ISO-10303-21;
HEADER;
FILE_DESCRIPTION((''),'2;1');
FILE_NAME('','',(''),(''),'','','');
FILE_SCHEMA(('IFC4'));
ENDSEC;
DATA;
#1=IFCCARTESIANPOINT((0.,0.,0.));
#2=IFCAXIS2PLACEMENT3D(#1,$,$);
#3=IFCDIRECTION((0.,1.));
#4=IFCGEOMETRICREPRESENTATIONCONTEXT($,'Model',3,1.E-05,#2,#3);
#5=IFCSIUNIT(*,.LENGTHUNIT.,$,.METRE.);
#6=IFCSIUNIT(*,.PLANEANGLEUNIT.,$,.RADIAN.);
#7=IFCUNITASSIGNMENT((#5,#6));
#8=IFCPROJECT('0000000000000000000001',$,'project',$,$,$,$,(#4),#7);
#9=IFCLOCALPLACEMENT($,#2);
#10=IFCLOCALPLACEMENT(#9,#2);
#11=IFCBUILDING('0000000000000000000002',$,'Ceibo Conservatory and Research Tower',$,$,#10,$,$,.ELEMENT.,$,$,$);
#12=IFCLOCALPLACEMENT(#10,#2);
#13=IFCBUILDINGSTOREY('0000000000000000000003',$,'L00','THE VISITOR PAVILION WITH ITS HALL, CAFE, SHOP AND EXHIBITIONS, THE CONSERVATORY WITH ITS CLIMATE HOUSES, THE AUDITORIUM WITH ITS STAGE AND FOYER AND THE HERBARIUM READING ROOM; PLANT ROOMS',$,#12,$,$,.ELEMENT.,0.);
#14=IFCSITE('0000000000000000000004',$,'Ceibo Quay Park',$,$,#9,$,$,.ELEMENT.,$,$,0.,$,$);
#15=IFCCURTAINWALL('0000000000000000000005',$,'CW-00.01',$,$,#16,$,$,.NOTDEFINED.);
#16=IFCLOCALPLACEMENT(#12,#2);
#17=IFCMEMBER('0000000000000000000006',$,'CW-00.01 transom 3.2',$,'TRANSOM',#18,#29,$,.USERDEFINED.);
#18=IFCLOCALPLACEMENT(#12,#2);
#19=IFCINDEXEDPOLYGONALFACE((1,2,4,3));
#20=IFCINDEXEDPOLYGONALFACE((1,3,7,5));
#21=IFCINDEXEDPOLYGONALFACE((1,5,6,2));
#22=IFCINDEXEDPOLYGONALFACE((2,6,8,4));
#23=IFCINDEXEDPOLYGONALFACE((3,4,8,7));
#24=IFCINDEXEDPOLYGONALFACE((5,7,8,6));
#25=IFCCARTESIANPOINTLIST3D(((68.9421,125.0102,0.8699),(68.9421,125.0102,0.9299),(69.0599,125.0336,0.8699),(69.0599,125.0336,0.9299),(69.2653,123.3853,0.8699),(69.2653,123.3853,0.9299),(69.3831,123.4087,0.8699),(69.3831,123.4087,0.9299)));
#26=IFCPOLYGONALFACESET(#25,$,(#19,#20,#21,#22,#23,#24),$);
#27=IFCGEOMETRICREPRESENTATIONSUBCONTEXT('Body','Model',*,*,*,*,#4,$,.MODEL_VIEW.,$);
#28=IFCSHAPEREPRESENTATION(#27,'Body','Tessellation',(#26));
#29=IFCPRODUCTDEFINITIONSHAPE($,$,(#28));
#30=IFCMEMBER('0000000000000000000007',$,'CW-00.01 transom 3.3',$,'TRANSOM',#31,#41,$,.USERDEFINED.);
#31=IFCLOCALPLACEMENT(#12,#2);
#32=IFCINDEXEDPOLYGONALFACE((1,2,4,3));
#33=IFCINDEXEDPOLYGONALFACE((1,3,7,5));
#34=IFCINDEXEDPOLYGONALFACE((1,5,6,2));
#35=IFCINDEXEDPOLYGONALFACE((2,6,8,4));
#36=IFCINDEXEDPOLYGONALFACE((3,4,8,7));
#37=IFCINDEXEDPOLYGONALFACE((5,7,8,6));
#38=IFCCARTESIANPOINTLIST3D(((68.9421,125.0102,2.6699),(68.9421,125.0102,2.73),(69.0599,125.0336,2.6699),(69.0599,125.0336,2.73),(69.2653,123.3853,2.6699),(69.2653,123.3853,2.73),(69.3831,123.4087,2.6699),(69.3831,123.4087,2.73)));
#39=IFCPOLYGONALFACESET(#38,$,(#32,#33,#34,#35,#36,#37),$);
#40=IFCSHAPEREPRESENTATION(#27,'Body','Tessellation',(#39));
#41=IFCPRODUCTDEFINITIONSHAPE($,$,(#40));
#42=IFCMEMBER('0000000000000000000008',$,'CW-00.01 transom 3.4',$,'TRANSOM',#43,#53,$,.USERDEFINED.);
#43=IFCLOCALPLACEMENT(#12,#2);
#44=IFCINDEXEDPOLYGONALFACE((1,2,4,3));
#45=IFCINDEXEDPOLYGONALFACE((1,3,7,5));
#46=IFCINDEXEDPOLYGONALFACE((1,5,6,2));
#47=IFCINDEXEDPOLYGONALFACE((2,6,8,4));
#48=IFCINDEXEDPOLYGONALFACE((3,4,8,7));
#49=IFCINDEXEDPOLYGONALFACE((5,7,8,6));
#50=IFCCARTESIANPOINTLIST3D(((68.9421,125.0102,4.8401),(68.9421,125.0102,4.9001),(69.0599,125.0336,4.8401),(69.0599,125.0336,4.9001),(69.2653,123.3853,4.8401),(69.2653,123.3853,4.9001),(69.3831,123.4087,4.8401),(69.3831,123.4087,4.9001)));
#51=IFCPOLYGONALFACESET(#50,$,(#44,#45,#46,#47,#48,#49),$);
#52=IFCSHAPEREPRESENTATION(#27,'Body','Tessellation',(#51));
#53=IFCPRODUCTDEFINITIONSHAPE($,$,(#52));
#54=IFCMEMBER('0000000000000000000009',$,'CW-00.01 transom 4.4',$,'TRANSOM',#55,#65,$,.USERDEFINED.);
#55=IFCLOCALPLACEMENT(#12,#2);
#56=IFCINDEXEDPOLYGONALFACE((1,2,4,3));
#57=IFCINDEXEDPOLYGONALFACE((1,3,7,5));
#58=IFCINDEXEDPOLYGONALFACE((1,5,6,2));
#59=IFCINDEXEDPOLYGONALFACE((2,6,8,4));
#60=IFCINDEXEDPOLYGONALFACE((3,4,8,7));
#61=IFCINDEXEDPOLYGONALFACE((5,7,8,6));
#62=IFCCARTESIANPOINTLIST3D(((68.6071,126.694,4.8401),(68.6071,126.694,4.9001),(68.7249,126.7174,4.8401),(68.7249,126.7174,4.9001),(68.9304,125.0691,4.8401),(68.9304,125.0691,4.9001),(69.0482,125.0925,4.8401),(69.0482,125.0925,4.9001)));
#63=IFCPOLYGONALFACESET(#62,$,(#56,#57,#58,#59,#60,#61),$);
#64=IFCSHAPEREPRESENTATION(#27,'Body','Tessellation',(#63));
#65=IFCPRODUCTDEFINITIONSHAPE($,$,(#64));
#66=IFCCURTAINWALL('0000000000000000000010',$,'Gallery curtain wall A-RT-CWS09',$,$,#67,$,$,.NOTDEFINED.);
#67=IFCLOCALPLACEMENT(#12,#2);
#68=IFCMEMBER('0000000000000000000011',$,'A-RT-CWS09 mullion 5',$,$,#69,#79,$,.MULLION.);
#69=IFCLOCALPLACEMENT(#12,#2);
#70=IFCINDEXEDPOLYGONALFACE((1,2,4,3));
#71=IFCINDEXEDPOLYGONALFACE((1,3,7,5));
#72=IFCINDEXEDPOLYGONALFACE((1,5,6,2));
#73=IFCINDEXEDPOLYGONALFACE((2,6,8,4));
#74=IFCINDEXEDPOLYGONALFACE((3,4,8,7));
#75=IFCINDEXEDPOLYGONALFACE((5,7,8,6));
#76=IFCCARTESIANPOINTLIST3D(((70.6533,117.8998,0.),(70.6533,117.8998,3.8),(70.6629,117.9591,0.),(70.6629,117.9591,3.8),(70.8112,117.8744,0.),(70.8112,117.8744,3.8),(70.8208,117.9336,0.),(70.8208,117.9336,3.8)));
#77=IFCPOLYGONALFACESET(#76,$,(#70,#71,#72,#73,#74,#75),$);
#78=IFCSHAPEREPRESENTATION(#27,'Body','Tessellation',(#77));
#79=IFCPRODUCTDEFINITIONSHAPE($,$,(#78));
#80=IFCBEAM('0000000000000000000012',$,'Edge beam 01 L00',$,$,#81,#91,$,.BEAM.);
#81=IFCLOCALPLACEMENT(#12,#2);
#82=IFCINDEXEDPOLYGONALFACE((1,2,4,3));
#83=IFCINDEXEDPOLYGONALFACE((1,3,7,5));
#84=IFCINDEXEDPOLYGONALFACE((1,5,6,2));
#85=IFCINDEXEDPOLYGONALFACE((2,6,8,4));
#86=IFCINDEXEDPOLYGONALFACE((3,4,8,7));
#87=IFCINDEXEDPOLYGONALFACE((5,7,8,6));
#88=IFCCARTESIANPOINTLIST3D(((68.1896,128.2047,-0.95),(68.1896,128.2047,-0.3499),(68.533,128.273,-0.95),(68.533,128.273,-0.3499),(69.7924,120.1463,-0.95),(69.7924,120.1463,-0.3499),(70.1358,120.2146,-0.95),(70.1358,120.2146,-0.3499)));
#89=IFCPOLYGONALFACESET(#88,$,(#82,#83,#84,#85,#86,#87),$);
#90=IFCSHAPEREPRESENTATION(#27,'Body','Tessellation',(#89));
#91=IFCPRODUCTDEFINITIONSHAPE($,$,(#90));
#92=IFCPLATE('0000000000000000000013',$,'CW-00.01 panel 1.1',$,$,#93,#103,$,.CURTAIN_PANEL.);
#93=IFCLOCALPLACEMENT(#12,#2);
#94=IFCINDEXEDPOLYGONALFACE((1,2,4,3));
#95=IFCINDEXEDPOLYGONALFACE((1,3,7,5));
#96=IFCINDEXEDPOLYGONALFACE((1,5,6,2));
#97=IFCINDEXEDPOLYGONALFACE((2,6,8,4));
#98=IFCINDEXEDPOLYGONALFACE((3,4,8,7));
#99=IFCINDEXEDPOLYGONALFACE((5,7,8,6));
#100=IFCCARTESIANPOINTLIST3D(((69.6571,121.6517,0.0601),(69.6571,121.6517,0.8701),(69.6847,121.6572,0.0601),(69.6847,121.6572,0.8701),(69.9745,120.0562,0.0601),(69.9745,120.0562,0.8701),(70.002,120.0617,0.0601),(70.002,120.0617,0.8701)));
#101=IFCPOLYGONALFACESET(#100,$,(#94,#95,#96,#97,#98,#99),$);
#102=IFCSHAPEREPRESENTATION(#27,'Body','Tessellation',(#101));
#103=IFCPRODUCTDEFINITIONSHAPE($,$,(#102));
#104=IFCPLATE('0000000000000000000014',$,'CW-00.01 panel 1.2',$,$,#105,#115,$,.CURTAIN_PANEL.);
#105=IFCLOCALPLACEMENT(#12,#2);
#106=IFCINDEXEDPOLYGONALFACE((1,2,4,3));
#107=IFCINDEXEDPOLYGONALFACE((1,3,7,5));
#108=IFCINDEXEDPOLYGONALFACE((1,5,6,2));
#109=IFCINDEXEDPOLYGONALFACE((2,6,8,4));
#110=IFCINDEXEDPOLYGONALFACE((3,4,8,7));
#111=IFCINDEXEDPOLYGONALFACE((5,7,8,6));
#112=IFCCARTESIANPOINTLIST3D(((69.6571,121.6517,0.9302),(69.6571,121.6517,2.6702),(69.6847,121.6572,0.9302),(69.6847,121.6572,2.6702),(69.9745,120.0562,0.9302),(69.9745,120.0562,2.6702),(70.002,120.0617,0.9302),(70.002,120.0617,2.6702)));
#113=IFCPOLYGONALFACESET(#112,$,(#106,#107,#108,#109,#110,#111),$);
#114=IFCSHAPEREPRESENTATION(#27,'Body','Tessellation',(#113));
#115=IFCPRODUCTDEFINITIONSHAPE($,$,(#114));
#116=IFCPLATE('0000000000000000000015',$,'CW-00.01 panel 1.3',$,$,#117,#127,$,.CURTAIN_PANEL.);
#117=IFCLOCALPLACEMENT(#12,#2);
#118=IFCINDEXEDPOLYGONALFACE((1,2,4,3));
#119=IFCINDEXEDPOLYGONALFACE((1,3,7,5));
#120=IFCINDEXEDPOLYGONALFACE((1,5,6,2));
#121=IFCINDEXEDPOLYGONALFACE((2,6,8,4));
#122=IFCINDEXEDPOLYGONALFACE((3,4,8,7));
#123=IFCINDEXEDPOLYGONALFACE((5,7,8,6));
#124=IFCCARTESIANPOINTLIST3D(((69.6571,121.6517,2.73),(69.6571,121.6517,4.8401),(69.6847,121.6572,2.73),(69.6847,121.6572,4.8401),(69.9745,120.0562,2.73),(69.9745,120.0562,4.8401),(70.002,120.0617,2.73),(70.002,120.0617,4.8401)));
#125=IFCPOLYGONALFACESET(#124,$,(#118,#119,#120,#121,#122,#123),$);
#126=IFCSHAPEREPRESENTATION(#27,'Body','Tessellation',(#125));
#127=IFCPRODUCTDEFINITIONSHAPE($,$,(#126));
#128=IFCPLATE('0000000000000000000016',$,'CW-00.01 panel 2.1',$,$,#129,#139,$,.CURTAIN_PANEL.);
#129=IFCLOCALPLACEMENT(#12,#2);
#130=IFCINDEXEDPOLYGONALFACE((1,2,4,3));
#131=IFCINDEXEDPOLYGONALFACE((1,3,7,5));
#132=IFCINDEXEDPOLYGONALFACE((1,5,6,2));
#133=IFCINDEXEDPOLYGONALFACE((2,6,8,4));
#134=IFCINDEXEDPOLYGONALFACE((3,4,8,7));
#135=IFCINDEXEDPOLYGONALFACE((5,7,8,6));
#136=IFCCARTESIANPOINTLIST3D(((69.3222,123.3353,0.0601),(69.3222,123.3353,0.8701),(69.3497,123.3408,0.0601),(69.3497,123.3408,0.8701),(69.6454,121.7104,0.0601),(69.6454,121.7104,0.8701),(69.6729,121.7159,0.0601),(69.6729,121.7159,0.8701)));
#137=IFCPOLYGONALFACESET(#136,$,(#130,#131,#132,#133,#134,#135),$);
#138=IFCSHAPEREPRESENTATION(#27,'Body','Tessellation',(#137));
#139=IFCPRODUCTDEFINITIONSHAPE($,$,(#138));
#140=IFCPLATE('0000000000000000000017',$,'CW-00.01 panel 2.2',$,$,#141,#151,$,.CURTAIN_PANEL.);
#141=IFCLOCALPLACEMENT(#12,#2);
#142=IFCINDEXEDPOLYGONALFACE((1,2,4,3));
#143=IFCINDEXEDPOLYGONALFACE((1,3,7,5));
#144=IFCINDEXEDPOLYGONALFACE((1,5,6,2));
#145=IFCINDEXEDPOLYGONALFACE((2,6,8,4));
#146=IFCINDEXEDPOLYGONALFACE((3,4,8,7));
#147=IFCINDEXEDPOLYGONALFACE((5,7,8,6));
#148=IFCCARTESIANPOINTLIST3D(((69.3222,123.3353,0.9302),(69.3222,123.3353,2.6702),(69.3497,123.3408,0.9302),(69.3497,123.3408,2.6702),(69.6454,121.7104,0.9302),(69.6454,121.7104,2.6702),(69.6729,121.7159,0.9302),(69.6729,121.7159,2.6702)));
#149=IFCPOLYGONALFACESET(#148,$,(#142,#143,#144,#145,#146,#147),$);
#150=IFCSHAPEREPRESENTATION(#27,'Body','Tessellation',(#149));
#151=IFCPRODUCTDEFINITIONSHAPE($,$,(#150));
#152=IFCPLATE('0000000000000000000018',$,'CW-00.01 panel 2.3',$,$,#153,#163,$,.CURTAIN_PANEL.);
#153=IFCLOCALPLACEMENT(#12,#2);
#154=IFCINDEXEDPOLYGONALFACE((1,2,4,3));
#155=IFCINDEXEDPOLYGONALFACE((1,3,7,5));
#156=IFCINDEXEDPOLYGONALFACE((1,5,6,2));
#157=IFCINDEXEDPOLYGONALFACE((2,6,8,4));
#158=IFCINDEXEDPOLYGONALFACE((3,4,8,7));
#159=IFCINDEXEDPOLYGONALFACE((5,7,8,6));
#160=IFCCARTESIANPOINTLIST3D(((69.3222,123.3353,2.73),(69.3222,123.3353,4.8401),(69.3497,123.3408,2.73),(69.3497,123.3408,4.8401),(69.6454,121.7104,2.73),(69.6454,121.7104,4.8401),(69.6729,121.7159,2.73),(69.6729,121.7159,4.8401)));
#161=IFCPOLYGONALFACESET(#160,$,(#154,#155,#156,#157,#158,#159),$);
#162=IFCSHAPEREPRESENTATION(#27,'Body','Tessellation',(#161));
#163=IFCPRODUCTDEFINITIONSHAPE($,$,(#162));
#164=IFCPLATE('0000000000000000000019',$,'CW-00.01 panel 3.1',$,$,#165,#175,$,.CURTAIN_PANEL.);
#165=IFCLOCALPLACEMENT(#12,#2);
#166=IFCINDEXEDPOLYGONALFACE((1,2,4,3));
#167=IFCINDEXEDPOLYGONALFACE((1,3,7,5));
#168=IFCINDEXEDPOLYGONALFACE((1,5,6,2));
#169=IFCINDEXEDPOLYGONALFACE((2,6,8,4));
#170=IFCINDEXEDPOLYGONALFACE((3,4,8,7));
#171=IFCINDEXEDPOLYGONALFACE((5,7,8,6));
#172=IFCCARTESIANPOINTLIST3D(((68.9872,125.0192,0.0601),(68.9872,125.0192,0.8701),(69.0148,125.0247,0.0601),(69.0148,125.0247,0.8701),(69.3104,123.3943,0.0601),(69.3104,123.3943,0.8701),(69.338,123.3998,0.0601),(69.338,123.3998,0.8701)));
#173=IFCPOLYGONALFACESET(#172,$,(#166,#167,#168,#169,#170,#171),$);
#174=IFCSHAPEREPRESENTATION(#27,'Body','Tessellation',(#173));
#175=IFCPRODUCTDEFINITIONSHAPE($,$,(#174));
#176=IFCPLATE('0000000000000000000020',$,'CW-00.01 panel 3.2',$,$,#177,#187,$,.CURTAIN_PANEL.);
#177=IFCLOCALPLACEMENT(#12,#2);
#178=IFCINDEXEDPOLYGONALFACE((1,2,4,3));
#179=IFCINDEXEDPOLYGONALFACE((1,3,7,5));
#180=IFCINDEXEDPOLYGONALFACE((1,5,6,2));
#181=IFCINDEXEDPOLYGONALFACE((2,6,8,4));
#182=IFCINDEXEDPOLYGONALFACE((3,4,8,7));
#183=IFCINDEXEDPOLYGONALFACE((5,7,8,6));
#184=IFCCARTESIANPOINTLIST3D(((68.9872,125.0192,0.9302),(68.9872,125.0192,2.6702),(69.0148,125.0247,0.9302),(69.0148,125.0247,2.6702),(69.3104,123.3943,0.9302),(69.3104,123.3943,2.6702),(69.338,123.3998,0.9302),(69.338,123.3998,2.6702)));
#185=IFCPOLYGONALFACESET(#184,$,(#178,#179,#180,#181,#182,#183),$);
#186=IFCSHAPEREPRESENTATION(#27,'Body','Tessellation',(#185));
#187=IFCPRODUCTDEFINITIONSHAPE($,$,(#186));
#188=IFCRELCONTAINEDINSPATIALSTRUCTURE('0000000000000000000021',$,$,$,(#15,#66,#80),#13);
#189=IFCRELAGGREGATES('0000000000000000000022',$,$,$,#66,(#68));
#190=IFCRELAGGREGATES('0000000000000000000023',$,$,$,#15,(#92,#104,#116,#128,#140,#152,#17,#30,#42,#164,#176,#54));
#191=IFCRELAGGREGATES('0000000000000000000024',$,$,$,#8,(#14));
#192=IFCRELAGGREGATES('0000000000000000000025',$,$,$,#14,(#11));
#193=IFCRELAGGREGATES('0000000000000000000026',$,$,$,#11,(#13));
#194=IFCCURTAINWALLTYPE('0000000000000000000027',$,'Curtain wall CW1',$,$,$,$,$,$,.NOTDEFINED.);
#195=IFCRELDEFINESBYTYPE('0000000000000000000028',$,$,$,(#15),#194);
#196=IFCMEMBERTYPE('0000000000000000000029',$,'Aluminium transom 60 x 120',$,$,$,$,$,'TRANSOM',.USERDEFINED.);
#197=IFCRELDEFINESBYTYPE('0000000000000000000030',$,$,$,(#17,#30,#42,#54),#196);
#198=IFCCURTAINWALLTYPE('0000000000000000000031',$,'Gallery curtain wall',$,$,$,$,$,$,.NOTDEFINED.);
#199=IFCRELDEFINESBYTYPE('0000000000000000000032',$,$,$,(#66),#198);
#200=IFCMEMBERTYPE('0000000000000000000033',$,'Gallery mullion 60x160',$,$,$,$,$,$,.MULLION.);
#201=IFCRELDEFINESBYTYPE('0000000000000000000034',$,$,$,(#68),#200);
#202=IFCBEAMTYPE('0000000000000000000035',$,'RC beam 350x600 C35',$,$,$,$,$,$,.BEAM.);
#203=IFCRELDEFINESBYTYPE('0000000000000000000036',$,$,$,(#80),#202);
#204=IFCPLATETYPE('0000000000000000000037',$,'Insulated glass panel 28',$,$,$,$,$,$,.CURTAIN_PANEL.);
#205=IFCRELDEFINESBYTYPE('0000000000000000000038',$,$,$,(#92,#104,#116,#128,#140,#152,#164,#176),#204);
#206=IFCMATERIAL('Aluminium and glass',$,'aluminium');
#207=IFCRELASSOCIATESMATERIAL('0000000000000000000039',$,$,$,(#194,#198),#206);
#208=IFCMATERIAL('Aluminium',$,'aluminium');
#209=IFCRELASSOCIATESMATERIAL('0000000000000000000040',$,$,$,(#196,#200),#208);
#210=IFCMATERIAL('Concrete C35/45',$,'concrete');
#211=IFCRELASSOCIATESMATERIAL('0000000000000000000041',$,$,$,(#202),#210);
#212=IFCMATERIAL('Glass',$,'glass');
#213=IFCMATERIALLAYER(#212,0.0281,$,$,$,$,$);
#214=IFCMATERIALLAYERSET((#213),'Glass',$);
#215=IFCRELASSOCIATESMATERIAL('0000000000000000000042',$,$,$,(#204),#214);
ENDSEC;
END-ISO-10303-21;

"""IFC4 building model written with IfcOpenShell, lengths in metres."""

from ifc_helpers import new_model, si_unit, direction, frame, origin, origin_2d, place, context, subcontext, project, spatial, rectangle, extrude, material, layer, layer_set, material_profile, profile_set, type_object, element, aggregate, save


model = new_model("IFC4")

# Units and contexts
model_context = context("Model", 3, precision=1e-05, world=origin(), true_north=direction((0.0, 1.0)))
body_context = subcontext(model_context, "Body", "Model", "MODEL_VIEW")
ifc_project = project(units=[si_unit("LENGTHUNIT", "METRE"), si_unit("PLANEANGLEUNIT", "RADIAN")], contexts=[model_context])

# Site, building, storey
site_placement = place(None, origin())
site = spatial("IfcSite", under=ifc_project, at=site_placement, Name="Ceibo Quay Park", CompositionType="ELEMENT", RefElevation=0.0)
building_placement = place(site_placement, origin())
building = spatial("IfcBuilding", under=site, at=building_placement, Name="Ceibo Conservatory and Research Tower", CompositionType="ELEMENT")
storey_placement = place(building_placement, origin())
storey = spatial("IfcBuildingStorey", under=building, at=storey_placement, Name="L00", Description="THE VISITOR PAVILION WITH ITS HALL, CAFE, SHOP AND EXHIBITIONS, THE CONSERVATORY WITH ITS CLIMATE HOUSES, THE AUDITORIUM WITH ITS STAGE AND FOYER AND THE HERBARIUM READING ROOM; PLANT ROOMS", CompositionType="ELEMENT", Elevation=0.0)

# Curtain wall, members
ifc_material_1 = material(Name="Aluminium and glass", Category="aluminium")
curtain_wall_type_1 = type_object("IfcCurtainWallType", Name="Curtain wall CW1", PredefinedType="NOTDEFINED", material=ifc_material_1)
curtain_wall_1_placement = place(storey_placement, origin())
curtain_wall_1 = element("IfcCurtainWall", 1, at=curtain_wall_1_placement, inside=storey, type_object=curtain_wall_type_1, Name="CW-00.01", PredefinedType="NOTDEFINED")
ifc_material_2 = material(Name="Aluminium", Category="aluminium")
ifc_material_profile_1 = material_profile(ifc_material_2, rectangle(XDim=0.1201, YDim=0.0601, at=origin_2d()), Name="Aluminium 60 x 120")
ifc_profile_set_1 = profile_set([ifc_material_profile_1], Name="Aluminium")
member_type_1 = type_object("IfcMemberType", Name="Aluminium transom 60 x 120", ElementType="TRANSOM", PredefinedType="USERDEFINED", material=ifc_profile_set_1)
member_1_placement = place(storey_placement, frame((69.3242, 123.397, 0.8999), z_axis=(-0.195096, 0.980784, 0.0), x_axis=(-0.980784, -0.195096, 0.0)))
member_1 = element("IfcMember", 2, at=member_1_placement, type_object=member_type_1, Name="CW-00.01 transom 3.2", ObjectType="TRANSOM", PredefinedType="USERDEFINED", context=body_context, shape_type="SweptSolid", body=[
    extrude(rectangle(XDim=0.1201, YDim=0.0601, at=origin_2d()), origin(), (0.0, 0.0, 1.0), 1.6567),
])
member_2_placement = place(storey_placement, frame((69.3242, 123.397, 2.7), z_axis=(-0.195096, 0.980784, 0.0), x_axis=(-0.980784, -0.195096, 0.0)))
member_2 = element("IfcMember", 3, at=member_2_placement, type_object=member_type_1, Name="CW-00.01 transom 3.3", ObjectType="TRANSOM", PredefinedType="USERDEFINED", context=body_context, shape_type="SweptSolid", body=[
    extrude(rectangle(XDim=0.1201, YDim=0.0601, at=origin_2d()), origin(), (0.0, 0.0, 1.0), 1.6567),
])
member_3_placement = place(storey_placement, frame((69.3242, 123.397, 4.8701), z_axis=(-0.195096, 0.980784, 0.0), x_axis=(-0.980784, -0.195096, 0.0)))
member_3 = element("IfcMember", 4, at=member_3_placement, type_object=member_type_1, Name="CW-00.01 transom 3.4", ObjectType="TRANSOM", PredefinedType="USERDEFINED", context=body_context, shape_type="SweptSolid", body=[
    extrude(rectangle(XDim=0.1201, YDim=0.0601, at=origin_2d()), origin(), (0.0, 0.0, 1.0), 1.6567),
])
member_4_placement = place(storey_placement, frame((68.9893, 125.0808, 4.8701), z_axis=(-0.195096, 0.980784, 0.0), x_axis=(-0.980784, -0.195096, 0.0)))
member_4 = element("IfcMember", 5, at=member_4_placement, type_object=member_type_1, Name="CW-00.01 transom 4.4", ObjectType="TRANSOM", PredefinedType="USERDEFINED", context=body_context, shape_type="SweptSolid", body=[
    extrude(rectangle(XDim=0.1201, YDim=0.0601, at=origin_2d()), origin(), (0.0, 0.0, 1.0), 1.6567),
])

# Curtain wall, member
curtain_wall_type_2 = type_object("IfcCurtainWallType", Name="Gallery curtain wall", PredefinedType="NOTDEFINED", material=ifc_material_1)
curtain_wall_2_placement = place(storey_placement, origin())
curtain_wall_2 = element("IfcCurtainWall", 6, at=curtain_wall_2_placement, inside=storey, type_object=curtain_wall_type_2, Name="Gallery curtain wall A-RT-CWS09", PredefinedType="NOTDEFINED")
ifc_material_profile_2 = material_profile(ifc_material_2, rectangle(XDim=0.0601, YDim=0.1599, at=origin_2d()), Name="AL 60x160")
ifc_profile_set_2 = profile_set([ifc_material_profile_2], Name="Aluminium")
member_type_2 = type_object("IfcMemberType", Name="Gallery mullion 60x160", PredefinedType="MULLION", material=ifc_profile_set_2)
member_5_placement = place(storey_placement, frame((70.7371, 117.9167, 0.0), z_axis=(0.0, 0.0, 1.0), x_axis=(-0.159391, -0.987216, 0.0)))
member_5 = element("IfcMember", 7, at=member_5_placement, type_object=member_type_2, Name="A-RT-CWS09 mullion 5", PredefinedType="MULLION", context=body_context, shape_type="SweptSolid", body=[
    extrude(rectangle(XDim=0.0601, YDim=0.1599, at=origin_2d()), origin(), (0.0, 0.0, 1.0), 3.8),
])
aggregate(curtain_wall_2, [member_5])

# Beam
ifc_material_3 = material(Name="Concrete C35/45", Category="concrete")
ifc_material_profile_3 = material_profile(ifc_material_3, rectangle(XDim=0.3501, YDim=0.6001, at=origin_2d()), Name="RC 350x600")
ifc_profile_set_3 = profile_set([ifc_material_profile_3], Name="Concrete C35/45")
beam_type = type_object("IfcBeamType", Name="RC beam 350x600 C35", PredefinedType="BEAM", material=ifc_profile_set_3)
beam_placement = place(storey_placement, frame((69.9641, 120.1804, -0.6499), z_axis=(-0.195076, 0.980788, 0.0), x_axis=(-0.980788, -0.195076, 0.0)))
element("IfcBeam", 8, at=beam_placement, inside=storey, type_object=beam_type, Name="Edge beam 01 L00", PredefinedType="BEAM", context=body_context, shape_type="SweptSolid", body=[
    extrude(rectangle(XDim=0.3501, YDim=0.6001, at=origin_2d()), origin(), (0.0, 0.0, 1.0), 8.2163),
])

# Plates
ifc_material_4 = material(Name="Glass", Category="glass")
ifc_layer_1 = layer(ifc_material_4, 0.0281)
ifc_layer_set_1 = layer_set([ifc_layer_1], Name="Glass")
plate_type = type_object("IfcPlateType", Name="Insulated glass panel 28", PredefinedType="CURTAIN_PANEL", material=ifc_layer_set_1)
plate_1_placement = place(storey_placement, frame((69.8296, 120.8567, 0.0601), z_axis=(0.0, 0.0, 1.0), x_axis=(-0.19509, 0.980785, 0.0)))
plate_1 = element("IfcPlate", 9, at=plate_1_placement, type_object=plate_type, Name="CW-00.01 panel 1.1", PredefinedType="CURTAIN_PANEL", context=body_context, shape_type="SweptSolid", body=[
    extrude(rectangle(XDim=1.6267, YDim=0.0281, at=origin_2d()), origin(), (0.0, 0.0, 1.0), 0.8101),
])
plate_2_placement = place(storey_placement, frame((69.8296, 120.8567, 0.9302), z_axis=(0.0, 0.0, 1.0), x_axis=(-0.19509, 0.980785, 0.0)))
plate_2 = element("IfcPlate", 10, at=plate_2_placement, type_object=plate_type, Name="CW-00.01 panel 1.2", PredefinedType="CURTAIN_PANEL", context=body_context, shape_type="SweptSolid", body=[
    extrude(rectangle(XDim=1.6267, YDim=0.0281, at=origin_2d()), origin(), (0.0, 0.0, 1.0), 1.74),
])
plate_3_placement = place(storey_placement, frame((69.8296, 120.8567, 2.73), z_axis=(0.0, 0.0, 1.0), x_axis=(-0.19509, 0.980785, 0.0)))
plate_3 = element("IfcPlate", 11, at=plate_3_placement, type_object=plate_type, Name="CW-00.01 panel 1.3", PredefinedType="CURTAIN_PANEL", context=body_context, shape_type="SweptSolid", body=[
    extrude(rectangle(XDim=1.6267, YDim=0.0281, at=origin_2d()), origin(), (0.0, 0.0, 1.0), 2.1101),
])
plate_4_placement = place(storey_placement, frame((69.4976, 122.5256, 0.0601), z_axis=(0.0, 0.0, 1.0), x_axis=(-0.19509, 0.980785, 0.0)))
plate_4 = element("IfcPlate", 12, at=plate_4_placement, type_object=plate_type, Name="CW-00.01 panel 2.1", PredefinedType="CURTAIN_PANEL", context=body_context, shape_type="SweptSolid", body=[
    extrude(rectangle(XDim=1.6567, YDim=0.0281, at=origin_2d()), origin(), (0.0, 0.0, 1.0), 0.8101),
])
plate_5_placement = place(storey_placement, frame((69.4976, 122.5256, 0.9302), z_axis=(0.0, 0.0, 1.0), x_axis=(-0.19509, 0.980785, 0.0)))
plate_5 = element("IfcPlate", 13, at=plate_5_placement, type_object=plate_type, Name="CW-00.01 panel 2.2", PredefinedType="CURTAIN_PANEL", context=body_context, shape_type="SweptSolid", body=[
    extrude(rectangle(XDim=1.6567, YDim=0.0281, at=origin_2d()), origin(), (0.0, 0.0, 1.0), 1.74),
])
plate_6_placement = place(storey_placement, frame((69.4976, 122.5256, 2.73), z_axis=(0.0, 0.0, 1.0), x_axis=(-0.19509, 0.980785, 0.0)))
plate_6 = element("IfcPlate", 14, at=plate_6_placement, type_object=plate_type, Name="CW-00.01 panel 2.3", PredefinedType="CURTAIN_PANEL", context=body_context, shape_type="SweptSolid", body=[
    extrude(rectangle(XDim=1.6567, YDim=0.0281, at=origin_2d()), origin(), (0.0, 0.0, 1.0), 2.1101),
])
plate_7_placement = place(storey_placement, frame((69.1626, 124.2095, 0.0601), z_axis=(0.0, 0.0, 1.0), x_axis=(-0.19509, 0.980785, 0.0)))
plate_7 = element("IfcPlate", 15, at=plate_7_placement, type_object=plate_type, Name="CW-00.01 panel 3.1", PredefinedType="CURTAIN_PANEL", context=body_context, shape_type="SweptSolid", body=[
    extrude(rectangle(XDim=1.6567, YDim=0.0281, at=origin_2d()), origin(), (0.0, 0.0, 1.0), 0.8101),
])
plate_8_placement = place(storey_placement, frame((69.1626, 124.2095, 0.9302), z_axis=(0.0, 0.0, 1.0), x_axis=(-0.19509, 0.980785, 0.0)))
plate_8 = element("IfcPlate", 16, at=plate_8_placement, type_object=plate_type, Name="CW-00.01 panel 3.2", PredefinedType="CURTAIN_PANEL", context=body_context, shape_type="SweptSolid", body=[
    extrude(rectangle(XDim=1.6567, YDim=0.0281, at=origin_2d()), origin(), (0.0, 0.0, 1.0), 1.74),
])
aggregate(curtain_wall_1, [plate_1, plate_2, plate_3, plate_4, plate_5, plate_6, member_1, member_2, member_3, plate_7, plate_8, member_4])

save(model, "model.ifc")
